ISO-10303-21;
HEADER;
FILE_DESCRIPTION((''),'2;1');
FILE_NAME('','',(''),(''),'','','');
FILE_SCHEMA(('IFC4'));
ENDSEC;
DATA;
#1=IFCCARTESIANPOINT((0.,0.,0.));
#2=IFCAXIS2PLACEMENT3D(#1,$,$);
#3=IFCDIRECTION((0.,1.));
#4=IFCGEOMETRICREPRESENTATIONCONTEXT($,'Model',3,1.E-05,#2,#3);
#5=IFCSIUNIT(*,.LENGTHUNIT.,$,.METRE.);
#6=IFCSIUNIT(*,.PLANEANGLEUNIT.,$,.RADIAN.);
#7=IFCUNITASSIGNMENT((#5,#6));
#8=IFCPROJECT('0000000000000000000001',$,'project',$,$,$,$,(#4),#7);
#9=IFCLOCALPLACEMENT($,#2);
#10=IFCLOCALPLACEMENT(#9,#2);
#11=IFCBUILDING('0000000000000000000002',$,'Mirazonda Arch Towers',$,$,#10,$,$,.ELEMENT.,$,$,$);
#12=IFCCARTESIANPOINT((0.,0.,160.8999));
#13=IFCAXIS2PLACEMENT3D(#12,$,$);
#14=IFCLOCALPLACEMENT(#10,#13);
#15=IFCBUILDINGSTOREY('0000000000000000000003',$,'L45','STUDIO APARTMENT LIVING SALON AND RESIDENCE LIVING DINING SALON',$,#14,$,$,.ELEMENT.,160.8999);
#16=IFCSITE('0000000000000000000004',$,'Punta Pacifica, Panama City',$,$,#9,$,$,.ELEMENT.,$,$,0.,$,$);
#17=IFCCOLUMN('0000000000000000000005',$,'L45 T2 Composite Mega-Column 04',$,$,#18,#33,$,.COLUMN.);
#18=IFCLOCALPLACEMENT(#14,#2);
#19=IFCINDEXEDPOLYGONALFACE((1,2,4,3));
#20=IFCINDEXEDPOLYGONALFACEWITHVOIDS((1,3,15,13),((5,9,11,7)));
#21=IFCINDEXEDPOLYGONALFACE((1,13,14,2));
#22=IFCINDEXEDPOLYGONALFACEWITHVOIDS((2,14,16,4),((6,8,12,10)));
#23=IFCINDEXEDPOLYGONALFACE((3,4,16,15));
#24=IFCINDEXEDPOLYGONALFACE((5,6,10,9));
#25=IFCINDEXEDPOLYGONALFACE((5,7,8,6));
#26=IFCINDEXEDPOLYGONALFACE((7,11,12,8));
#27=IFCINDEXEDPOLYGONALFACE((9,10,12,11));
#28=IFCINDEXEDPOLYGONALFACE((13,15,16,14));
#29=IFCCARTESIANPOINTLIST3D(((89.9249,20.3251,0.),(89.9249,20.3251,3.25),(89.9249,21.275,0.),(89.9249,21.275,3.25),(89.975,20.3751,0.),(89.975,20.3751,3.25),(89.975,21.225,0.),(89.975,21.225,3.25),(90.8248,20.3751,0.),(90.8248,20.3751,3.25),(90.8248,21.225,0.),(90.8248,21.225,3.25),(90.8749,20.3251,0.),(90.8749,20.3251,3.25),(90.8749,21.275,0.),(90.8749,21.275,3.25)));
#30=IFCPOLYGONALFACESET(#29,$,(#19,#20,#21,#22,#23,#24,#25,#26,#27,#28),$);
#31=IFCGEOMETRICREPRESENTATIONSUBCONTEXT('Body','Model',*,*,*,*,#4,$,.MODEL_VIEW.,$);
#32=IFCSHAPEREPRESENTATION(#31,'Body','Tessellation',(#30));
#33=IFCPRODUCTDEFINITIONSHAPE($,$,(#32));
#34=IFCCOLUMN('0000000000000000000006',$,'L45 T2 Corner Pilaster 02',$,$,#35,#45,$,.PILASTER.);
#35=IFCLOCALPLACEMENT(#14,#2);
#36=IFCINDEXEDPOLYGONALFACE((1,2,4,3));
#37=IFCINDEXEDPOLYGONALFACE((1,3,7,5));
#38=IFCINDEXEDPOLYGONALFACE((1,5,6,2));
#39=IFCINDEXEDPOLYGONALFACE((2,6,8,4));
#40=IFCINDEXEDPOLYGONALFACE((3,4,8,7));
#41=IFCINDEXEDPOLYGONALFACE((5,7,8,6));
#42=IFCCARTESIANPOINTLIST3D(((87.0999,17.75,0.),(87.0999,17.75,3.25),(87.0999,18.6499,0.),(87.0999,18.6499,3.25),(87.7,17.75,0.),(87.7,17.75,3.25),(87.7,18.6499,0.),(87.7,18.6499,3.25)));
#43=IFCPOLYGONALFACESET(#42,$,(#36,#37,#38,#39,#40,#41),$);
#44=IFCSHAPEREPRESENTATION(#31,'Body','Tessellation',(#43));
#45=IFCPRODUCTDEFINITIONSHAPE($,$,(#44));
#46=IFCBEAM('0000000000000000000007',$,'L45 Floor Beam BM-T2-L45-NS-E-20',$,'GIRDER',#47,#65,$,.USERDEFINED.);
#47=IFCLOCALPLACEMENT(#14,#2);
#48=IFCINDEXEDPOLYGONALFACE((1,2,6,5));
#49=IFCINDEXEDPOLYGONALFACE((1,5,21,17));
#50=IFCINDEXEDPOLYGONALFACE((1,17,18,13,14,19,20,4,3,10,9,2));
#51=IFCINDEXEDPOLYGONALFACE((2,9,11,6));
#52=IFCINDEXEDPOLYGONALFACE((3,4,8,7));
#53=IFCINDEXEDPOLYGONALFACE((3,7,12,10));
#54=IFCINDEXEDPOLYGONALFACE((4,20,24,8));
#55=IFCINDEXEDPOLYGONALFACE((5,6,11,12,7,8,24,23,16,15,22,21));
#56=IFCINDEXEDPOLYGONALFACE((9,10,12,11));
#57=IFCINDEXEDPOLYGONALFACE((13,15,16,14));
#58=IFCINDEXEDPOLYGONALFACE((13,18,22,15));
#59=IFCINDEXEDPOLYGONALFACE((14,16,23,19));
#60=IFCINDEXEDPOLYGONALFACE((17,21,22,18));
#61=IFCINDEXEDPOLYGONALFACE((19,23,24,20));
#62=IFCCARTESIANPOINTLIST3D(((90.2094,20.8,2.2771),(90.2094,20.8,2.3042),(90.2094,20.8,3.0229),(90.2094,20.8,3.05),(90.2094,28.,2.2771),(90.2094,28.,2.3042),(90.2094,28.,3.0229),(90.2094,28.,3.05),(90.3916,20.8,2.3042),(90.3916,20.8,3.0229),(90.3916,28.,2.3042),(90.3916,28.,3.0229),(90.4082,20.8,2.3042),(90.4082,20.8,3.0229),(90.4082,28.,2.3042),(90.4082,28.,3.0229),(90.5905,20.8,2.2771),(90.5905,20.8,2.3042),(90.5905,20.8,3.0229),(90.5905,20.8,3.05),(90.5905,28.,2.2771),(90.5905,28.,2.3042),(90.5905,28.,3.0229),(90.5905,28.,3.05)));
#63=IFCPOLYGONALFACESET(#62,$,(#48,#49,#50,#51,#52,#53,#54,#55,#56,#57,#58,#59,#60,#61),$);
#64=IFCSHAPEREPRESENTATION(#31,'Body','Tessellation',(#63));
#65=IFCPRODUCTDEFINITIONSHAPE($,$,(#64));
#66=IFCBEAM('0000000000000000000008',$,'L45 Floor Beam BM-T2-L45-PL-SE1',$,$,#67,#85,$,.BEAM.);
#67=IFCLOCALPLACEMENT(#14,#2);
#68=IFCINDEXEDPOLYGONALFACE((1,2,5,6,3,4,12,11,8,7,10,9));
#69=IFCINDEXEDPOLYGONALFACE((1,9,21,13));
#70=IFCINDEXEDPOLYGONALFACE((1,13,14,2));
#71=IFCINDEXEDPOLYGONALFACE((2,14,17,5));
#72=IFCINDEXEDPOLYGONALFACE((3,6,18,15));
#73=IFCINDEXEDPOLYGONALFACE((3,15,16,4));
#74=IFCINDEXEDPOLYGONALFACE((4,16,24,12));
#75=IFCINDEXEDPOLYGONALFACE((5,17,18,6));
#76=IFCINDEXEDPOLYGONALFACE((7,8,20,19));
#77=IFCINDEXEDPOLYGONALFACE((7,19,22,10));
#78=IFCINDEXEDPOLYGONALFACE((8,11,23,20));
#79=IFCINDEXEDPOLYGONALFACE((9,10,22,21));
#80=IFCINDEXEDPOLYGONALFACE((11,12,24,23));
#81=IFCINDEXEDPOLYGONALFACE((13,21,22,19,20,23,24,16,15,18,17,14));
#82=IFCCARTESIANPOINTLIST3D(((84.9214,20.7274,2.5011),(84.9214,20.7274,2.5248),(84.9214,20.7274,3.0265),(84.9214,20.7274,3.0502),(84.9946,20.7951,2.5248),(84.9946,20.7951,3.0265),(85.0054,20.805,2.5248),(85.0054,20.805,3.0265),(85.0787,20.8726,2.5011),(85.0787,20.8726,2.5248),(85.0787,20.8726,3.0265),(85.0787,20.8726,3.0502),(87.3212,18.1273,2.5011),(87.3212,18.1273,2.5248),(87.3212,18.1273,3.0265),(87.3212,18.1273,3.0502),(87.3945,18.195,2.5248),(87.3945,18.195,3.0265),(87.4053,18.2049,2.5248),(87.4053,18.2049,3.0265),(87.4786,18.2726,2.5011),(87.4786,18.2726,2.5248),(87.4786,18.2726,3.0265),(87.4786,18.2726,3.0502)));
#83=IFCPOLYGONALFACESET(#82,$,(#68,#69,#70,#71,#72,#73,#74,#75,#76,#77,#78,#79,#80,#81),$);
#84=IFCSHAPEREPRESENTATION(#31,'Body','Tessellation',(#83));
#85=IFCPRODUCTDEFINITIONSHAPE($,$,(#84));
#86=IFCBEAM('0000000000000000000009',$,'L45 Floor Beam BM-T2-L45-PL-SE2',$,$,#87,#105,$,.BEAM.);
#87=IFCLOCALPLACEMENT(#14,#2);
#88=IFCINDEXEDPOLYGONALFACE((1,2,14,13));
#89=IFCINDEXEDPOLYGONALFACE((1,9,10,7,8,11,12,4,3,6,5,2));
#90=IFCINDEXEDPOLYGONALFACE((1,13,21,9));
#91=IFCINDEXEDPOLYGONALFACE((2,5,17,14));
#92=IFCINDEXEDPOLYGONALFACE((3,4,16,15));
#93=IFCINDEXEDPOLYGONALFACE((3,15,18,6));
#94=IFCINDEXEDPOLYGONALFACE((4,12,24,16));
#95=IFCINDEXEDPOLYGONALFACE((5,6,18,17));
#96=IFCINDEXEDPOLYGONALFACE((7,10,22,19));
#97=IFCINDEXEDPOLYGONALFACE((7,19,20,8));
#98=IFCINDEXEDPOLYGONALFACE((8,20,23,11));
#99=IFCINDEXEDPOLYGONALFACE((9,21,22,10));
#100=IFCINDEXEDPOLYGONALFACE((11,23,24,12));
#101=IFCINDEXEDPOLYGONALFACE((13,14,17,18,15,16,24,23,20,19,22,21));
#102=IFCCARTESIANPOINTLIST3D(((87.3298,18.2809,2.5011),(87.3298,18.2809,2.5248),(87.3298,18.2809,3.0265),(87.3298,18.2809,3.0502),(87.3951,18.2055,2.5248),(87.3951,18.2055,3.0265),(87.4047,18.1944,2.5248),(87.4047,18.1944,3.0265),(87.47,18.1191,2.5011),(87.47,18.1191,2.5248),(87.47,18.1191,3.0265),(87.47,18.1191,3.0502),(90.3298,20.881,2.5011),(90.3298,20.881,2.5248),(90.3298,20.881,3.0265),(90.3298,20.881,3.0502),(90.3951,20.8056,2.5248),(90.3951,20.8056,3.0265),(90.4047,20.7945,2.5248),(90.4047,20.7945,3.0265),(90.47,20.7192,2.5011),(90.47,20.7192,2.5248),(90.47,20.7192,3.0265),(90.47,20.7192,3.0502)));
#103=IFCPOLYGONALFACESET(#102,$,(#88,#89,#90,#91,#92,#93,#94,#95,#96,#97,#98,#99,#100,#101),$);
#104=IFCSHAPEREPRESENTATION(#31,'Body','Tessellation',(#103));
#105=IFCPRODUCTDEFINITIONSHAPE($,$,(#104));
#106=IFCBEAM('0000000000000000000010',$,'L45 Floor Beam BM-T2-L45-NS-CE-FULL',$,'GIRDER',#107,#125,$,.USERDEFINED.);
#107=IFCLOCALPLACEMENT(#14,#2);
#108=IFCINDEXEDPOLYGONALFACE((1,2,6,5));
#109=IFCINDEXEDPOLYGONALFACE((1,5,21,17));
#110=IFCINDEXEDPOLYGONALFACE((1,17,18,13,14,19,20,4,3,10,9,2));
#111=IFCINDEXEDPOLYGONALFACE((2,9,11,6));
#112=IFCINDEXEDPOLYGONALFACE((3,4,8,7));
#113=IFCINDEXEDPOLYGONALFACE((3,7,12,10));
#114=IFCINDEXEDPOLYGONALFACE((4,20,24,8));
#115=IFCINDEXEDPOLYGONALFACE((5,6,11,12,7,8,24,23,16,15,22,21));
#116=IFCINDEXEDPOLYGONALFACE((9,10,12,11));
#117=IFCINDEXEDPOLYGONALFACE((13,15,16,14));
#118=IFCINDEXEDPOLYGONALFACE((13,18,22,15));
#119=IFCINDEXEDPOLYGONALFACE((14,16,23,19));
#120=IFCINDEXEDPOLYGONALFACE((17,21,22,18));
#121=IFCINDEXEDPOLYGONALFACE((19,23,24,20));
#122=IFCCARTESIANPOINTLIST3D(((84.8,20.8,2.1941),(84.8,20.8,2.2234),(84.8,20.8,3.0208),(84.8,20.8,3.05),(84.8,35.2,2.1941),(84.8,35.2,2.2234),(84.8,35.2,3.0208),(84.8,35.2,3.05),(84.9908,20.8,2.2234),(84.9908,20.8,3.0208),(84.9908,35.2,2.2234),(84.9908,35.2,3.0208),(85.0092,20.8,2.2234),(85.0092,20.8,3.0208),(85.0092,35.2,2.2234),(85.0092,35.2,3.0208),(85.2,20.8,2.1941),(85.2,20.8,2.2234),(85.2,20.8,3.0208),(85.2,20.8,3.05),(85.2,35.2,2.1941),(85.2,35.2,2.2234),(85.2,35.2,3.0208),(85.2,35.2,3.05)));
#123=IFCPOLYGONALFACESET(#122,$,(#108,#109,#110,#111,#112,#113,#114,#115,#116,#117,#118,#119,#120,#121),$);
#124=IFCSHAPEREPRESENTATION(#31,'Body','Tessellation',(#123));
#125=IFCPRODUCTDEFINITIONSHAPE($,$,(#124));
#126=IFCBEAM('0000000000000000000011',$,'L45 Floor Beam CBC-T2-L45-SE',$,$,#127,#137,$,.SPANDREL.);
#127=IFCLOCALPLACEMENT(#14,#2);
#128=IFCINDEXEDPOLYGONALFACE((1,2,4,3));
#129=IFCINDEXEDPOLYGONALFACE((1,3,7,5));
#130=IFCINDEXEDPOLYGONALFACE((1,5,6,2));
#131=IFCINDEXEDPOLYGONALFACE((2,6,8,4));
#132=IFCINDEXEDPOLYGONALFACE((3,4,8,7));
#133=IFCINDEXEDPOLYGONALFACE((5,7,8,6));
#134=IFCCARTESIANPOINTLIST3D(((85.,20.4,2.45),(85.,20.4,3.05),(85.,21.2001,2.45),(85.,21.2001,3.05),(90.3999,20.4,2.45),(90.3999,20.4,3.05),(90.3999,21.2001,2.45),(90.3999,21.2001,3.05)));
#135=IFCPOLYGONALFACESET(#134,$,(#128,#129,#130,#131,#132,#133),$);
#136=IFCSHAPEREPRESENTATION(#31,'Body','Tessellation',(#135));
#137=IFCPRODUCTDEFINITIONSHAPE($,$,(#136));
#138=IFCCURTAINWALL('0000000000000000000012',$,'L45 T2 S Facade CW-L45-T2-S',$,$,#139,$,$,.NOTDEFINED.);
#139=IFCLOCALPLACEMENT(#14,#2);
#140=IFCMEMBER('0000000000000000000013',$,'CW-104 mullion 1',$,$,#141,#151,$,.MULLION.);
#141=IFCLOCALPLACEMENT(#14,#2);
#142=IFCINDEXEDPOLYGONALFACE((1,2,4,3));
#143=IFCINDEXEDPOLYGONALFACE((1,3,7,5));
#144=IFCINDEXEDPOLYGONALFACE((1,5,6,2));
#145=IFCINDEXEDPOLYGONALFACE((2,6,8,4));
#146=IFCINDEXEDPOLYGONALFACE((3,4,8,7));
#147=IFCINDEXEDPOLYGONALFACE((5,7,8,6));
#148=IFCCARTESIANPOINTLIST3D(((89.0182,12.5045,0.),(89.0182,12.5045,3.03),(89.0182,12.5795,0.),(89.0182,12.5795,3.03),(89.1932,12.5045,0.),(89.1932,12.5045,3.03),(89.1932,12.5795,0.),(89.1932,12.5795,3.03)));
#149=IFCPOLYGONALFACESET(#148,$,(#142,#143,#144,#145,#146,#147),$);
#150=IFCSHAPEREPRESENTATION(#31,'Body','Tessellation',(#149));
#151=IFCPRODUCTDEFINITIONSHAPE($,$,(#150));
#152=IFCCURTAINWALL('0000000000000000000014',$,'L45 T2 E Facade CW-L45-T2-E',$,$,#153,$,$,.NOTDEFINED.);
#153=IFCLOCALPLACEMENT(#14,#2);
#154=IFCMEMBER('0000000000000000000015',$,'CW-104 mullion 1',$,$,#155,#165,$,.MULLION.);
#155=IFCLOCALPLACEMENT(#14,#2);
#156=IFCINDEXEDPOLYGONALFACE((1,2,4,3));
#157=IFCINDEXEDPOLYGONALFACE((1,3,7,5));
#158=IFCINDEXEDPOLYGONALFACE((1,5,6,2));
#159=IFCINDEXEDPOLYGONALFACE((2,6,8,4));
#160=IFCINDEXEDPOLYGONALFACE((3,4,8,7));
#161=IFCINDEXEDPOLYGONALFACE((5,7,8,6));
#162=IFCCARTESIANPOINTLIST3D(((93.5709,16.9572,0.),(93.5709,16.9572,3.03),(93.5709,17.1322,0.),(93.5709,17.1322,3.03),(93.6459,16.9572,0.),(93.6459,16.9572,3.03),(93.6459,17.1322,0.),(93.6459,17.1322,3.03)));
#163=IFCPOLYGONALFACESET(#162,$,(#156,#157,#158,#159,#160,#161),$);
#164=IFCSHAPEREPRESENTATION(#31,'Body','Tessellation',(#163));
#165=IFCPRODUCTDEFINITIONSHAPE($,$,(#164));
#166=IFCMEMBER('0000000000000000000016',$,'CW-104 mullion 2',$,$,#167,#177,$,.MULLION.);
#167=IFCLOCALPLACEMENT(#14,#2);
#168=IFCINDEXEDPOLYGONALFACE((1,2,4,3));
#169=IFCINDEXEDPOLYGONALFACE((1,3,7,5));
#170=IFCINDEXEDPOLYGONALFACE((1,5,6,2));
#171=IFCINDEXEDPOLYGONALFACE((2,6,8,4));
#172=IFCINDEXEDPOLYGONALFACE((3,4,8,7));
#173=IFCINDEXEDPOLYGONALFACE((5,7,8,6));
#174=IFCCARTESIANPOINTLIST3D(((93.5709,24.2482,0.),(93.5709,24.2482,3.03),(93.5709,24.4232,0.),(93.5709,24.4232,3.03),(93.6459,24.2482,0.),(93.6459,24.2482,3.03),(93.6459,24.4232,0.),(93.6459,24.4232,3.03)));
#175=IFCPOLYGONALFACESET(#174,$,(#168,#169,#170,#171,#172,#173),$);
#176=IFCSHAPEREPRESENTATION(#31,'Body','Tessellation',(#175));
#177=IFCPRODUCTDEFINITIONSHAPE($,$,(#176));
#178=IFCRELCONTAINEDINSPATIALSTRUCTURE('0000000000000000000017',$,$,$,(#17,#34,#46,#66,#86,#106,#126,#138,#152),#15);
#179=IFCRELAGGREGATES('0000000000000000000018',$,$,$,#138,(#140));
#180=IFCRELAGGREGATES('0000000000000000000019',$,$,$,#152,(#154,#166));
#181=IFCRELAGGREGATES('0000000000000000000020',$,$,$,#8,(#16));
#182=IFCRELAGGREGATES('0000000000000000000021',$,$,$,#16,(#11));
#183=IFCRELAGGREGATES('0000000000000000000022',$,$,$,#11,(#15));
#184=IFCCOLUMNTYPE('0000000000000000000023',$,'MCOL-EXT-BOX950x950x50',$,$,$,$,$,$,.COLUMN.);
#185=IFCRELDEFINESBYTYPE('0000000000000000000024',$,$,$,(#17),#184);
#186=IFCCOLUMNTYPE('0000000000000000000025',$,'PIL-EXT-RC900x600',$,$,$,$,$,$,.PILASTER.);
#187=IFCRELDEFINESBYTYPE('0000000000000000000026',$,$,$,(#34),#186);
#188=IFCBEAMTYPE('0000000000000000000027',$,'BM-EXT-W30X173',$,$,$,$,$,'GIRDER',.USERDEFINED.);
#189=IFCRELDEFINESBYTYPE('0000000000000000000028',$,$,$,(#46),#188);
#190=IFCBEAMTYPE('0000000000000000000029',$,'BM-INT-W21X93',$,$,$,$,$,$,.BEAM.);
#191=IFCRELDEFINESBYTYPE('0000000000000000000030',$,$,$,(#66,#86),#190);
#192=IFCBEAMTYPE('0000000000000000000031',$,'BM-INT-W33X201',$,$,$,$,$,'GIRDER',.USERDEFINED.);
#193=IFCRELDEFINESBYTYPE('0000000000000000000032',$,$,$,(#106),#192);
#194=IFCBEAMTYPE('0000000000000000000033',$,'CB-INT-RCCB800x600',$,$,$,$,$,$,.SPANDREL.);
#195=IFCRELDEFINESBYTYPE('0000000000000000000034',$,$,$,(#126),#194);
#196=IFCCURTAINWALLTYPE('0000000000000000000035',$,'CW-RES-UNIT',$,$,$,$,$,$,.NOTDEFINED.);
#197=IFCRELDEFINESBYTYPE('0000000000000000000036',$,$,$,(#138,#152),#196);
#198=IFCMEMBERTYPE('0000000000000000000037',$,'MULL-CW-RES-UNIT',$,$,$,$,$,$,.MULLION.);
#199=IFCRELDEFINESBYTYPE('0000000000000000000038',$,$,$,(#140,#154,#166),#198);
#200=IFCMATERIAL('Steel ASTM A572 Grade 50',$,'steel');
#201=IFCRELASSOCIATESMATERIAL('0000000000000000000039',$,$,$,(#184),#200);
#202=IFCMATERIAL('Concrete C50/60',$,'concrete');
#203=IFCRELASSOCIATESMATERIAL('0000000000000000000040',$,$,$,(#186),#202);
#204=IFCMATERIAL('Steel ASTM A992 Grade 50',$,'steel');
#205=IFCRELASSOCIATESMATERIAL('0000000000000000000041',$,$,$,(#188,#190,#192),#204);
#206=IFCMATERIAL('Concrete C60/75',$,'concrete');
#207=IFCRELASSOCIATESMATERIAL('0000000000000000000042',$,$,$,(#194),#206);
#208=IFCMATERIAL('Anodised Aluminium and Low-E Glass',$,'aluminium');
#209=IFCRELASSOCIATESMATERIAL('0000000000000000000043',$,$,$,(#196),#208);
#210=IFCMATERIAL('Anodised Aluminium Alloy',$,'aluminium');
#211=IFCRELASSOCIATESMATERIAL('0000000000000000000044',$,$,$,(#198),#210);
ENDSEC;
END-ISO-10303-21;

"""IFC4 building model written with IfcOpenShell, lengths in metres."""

from ifc_helpers import new_model, si_unit, direction, frame, origin, origin_2d, place, context, subcontext, project, spatial, rectangle, hollow_rectangle, i_section, extrude, material, material_profile, profile_set, type_object, element, aggregate, save


model = new_model("IFC4")

# Units and contexts
model_context = context("Model", 3, precision=1e-05, world=origin(), true_north=direction((0.0, 1.0)))
body_context = subcontext(model_context, "Body", "Model", "MODEL_VIEW")
ifc_project = project(units=[si_unit("LENGTHUNIT", "METRE"), si_unit("PLANEANGLEUNIT", "RADIAN")], contexts=[model_context])

# Site, building, storey
site_placement = place(None, origin())
site = spatial("IfcSite", under=ifc_project, at=site_placement, Name="Punta Pacifica, Panama City", CompositionType="ELEMENT", RefElevation=0.0)
building_placement = place(site_placement, origin())
building = spatial("IfcBuilding", under=site, at=building_placement, Name="Mirazonda Arch Towers", CompositionType="ELEMENT")
storey_placement = place(building_placement, frame((0.0, 0.0, 160.8999)))
storey = spatial("IfcBuildingStorey", under=building, at=storey_placement, Name="L45", Description="STUDIO APARTMENT LIVING SALON AND RESIDENCE LIVING DINING SALON", CompositionType="ELEMENT", Elevation=160.8999)

# Columns
ifc_material_1 = material(Name="Steel ASTM A572 Grade 50", Category="steel")
ifc_material_profile_1 = material_profile(ifc_material_1, hollow_rectangle(XDim=0.95, YDim=0.95, WallThickness=0.05, at=origin_2d()), Name="BOX950x950x50")
ifc_profile_set_1 = profile_set([ifc_material_profile_1], Name="Steel ASTM A572 Grade 50")
column_type_1 = type_object("IfcColumnType", Name="MCOL-EXT-BOX950x950x50", PredefinedType="COLUMN", material=ifc_profile_set_1)
column_1_placement = place(storey_placement, frame((90.3999, 20.8, 0.0), z_axis=(0.0, 0.0, 1.0), x_axis=(1.0, 0.0, 0.0)))
element("IfcColumn", 1, at=column_1_placement, inside=storey, type_object=column_type_1, Name="L45 T2 Composite Mega-Column 04", PredefinedType="COLUMN", context=body_context, shape_type="SweptSolid", body=[
    extrude(hollow_rectangle(XDim=0.95, YDim=0.95, WallThickness=0.05, at=origin_2d()), origin(), (0.0, 0.0, 1.0), 3.25),
])
ifc_material_2 = material(Name="Concrete C50/60", Category="concrete")
ifc_material_profile_2 = material_profile(ifc_material_2, rectangle(XDim=0.6001, YDim=0.8999, at=origin_2d()), Name="RC900x600")
ifc_profile_set_2 = profile_set([ifc_material_profile_2], Name="Concrete C50/60")
column_type_2 = type_object("IfcColumnType", Name="PIL-EXT-RC900x600", PredefinedType="PILASTER", material=ifc_profile_set_2)
column_2_placement = place(storey_placement, frame((87.3999, 18.2, 0.0), z_axis=(0.0, 0.0, 1.0), x_axis=(1.0, 0.0, 0.0)))
element("IfcColumn", 2, at=column_2_placement, inside=storey, type_object=column_type_2, Name="L45 T2 Corner Pilaster 02", PredefinedType="PILASTER", context=body_context, shape_type="SweptSolid", body=[
    extrude(rectangle(XDim=0.6001, YDim=0.8999, at=origin_2d()), origin(), (0.0, 0.0, 1.0), 3.25),
])

# Beams
ifc_material_3 = material(Name="Steel ASTM A992 Grade 50", Category="steel")
ifc_material_profile_3 = material_profile(ifc_material_3, i_section(OverallWidth=0.3811, OverallDepth=0.7729, WebThickness=0.0166, FlangeThickness=0.0271, at=origin_2d()), Name="W30X173")
ifc_profile_set_3 = profile_set([ifc_material_profile_3], Name="Steel ASTM A992 Grade 50")
beam_type_1 = type_object("IfcBeamType", Name="BM-EXT-W30X173", ElementType="GIRDER", PredefinedType="USERDEFINED", material=ifc_profile_set_3)
beam_1_placement = place(storey_placement, frame((90.3999, 20.8, 2.6636), z_axis=(0.0, 1.0, 0.0), x_axis=(-1.0, 0.0, 0.0)))
element("IfcBeam", 3, at=beam_1_placement, inside=storey, type_object=beam_type_1, Name="L45 Floor Beam BM-T2-L45-NS-E-20", ObjectType="GIRDER", PredefinedType="USERDEFINED", context=body_context, shape_type="SweptSolid", body=[
    extrude(i_section(OverallWidth=0.3811, OverallDepth=0.7729, WebThickness=0.0166, FlangeThickness=0.0271, at=origin_2d()), origin(), (0.0, 0.0, 1.0), 7.2),
])
ifc_material_profile_4 = material_profile(ifc_material_3, i_section(OverallWidth=0.2141, OverallDepth=0.5491, WebThickness=0.0146, FlangeThickness=0.0237, at=origin_2d()), Name="W21X93")
ifc_profile_set_4 = profile_set([ifc_material_profile_4], Name="Steel ASTM A992 Grade 50")
beam_type_2 = type_object("IfcBeamType", Name="BM-INT-W21X93", PredefinedType="BEAM", material=ifc_profile_set_4)
beam_2_placement = place(storey_placement, frame((87.3999, 18.2, 2.7756), z_axis=(-0.678251, 0.73483, 0.0), x_axis=(-0.73483, -0.678251, 0.0)))
element("IfcBeam", 4, at=beam_2_placement, inside=storey, type_object=beam_type_2, Name="L45 Floor Beam BM-T2-L45-PL-SE1", PredefinedType="BEAM", context=body_context, shape_type="SweptSolid", body=[
    extrude(i_section(OverallWidth=0.2141, OverallDepth=0.5491, WebThickness=0.0146, FlangeThickness=0.0237, at=origin_2d()), origin(), (0.0, 0.0, 1.0), 3.5383),
])
beam_3_placement = place(storey_placement, frame((87.3999, 18.2, 2.7756), z_axis=(0.755677, 0.654945, 0.0), x_axis=(-0.654945, 0.755677, 0.0)))
element("IfcBeam", 5, at=beam_3_placement, inside=storey, type_object=beam_type_2, Name="L45 Floor Beam BM-T2-L45-PL-SE2", PredefinedType="BEAM", context=body_context, shape_type="SweptSolid", body=[
    extrude(i_section(OverallWidth=0.2141, OverallDepth=0.5491, WebThickness=0.0146, FlangeThickness=0.0237, at=origin_2d()), origin(), (0.0, 0.0, 1.0), 3.97),
])
ifc_material_profile_5 = material_profile(ifc_material_3, i_section(OverallWidth=0.3999, OverallDepth=0.856, WebThickness=0.0183, FlangeThickness=0.0293, at=origin_2d()), Name="W33X201")
ifc_profile_set_5 = profile_set([ifc_material_profile_5], Name="Steel ASTM A992 Grade 50")
beam_type_3 = type_object("IfcBeamType", Name="BM-INT-W33X201", ElementType="GIRDER", PredefinedType="USERDEFINED", material=ifc_profile_set_5)
beam_4_placement = place(storey_placement, frame((85.0, 20.8, 2.6221), z_axis=(0.0, 1.0, 0.0), x_axis=(-1.0, 0.0, 0.0)))
element("IfcBeam", 6, at=beam_4_placement, inside=storey, type_object=beam_type_3, Name="L45 Floor Beam BM-T2-L45-NS-CE-FULL", ObjectType="GIRDER", PredefinedType="USERDEFINED", context=body_context, shape_type="SweptSolid", body=[
    extrude(i_section(OverallWidth=0.3999, OverallDepth=0.856, WebThickness=0.0183, FlangeThickness=0.0293, at=origin_2d()), origin(), (0.0, 0.0, 1.0), 14.3999),
])
ifc_material_4 = material(Name="Concrete C60/75", Category="concrete")
ifc_material_profile_6 = material_profile(ifc_material_4, rectangle(XDim=0.8, YDim=0.6001, at=origin_2d()), Name="RCCB800x600")
ifc_profile_set_6 = profile_set([ifc_material_profile_6], Name="Concrete C60/75")
beam_type_4 = type_object("IfcBeamType", Name="CB-INT-RCCB800x600", PredefinedType="SPANDREL", material=ifc_profile_set_6)
beam_5_placement = place(storey_placement, frame((85.0, 20.8, 2.75), z_axis=(1.0, 0.0, 0.0), x_axis=(0.0, 1.0, 0.0)))
element("IfcBeam", 7, at=beam_5_placement, inside=storey, type_object=beam_type_4, Name="L45 Floor Beam CBC-T2-L45-SE", PredefinedType="SPANDREL", context=body_context, shape_type="SweptSolid", body=[
    extrude(rectangle(XDim=0.8, YDim=0.6001, at=origin_2d()), origin(), (0.0, 0.0, 1.0), 5.3999),
])

# Curtain wall, member
ifc_material_5 = material(Name="Anodised Aluminium and Low-E Glass", Category="aluminium")
curtain_wall_type = type_object("IfcCurtainWallType", Name="CW-RES-UNIT", PredefinedType="NOTDEFINED", material=ifc_material_5)
curtain_wall_1_placement = place(storey_placement, origin())
curtain_wall_1 = element("IfcCurtainWall", 8, at=curtain_wall_1_placement, inside=storey, type_object=curtain_wall_type, Name="L45 T2 S Facade CW-L45-T2-S", PredefinedType="NOTDEFINED")
ifc_material_6 = material(Name="Anodised Aluminium Alloy", Category="aluminium")
ifc_material_profile_7 = material_profile(ifc_material_6, rectangle(XDim=0.075, YDim=0.175, at=origin_2d()), Name="ALU-MULL-75x175")
ifc_profile_set_7 = profile_set([ifc_material_profile_7], Name="Anodised Aluminium Alloy")
member_type_1 = type_object("IfcMemberType", Name="MULL-CW-RES-UNIT", PredefinedType="MULLION", material=ifc_profile_set_7)
member_1_placement = place(storey_placement, frame((89.1057, 12.542, 0.0), z_axis=(0.0, 0.0, 1.0), x_axis=(0.0, -1.0, 0.0)))
member_1 = element("IfcMember", 9, at=member_1_placement, type_object=member_type_1, Name="CW-104 mullion 1", PredefinedType="MULLION", context=body_context, shape_type="SweptSolid", body=[
    extrude(rectangle(XDim=0.075, YDim=0.175, at=origin_2d()), origin(), (0.0, 0.0, 1.0), 3.03),
])

# Curtain wall, members
curtain_wall_2_placement = place(storey_placement, origin())
curtain_wall_2 = element("IfcCurtainWall", 10, at=curtain_wall_2_placement, inside=storey, type_object=curtain_wall_type, Name="L45 T2 E Facade CW-L45-T2-E", PredefinedType="NOTDEFINED")
member_2_placement = place(storey_placement, frame((93.6084, 17.0447, 0.0), z_axis=(0.0, 0.0, 1.0), x_axis=(-1.0, 0.0, 0.0)))
member_2 = element("IfcMember", 11, at=member_2_placement, type_object=member_type_1, Name="CW-104 mullion 1", PredefinedType="MULLION", context=body_context, shape_type="SweptSolid", body=[
    extrude(rectangle(XDim=0.075, YDim=0.175, at=origin_2d()), origin(), (0.0, 0.0, 1.0), 3.03),
])
member_3_placement = place(storey_placement, frame((93.6084, 24.3357, 0.0), z_axis=(0.0, 0.0, 1.0), x_axis=(-1.0, 0.0, 0.0)))
member_3 = element("IfcMember", 12, at=member_3_placement, type_object=member_type_1, Name="CW-104 mullion 2", PredefinedType="MULLION", context=body_context, shape_type="SweptSolid", body=[
    extrude(rectangle(XDim=0.075, YDim=0.175, at=origin_2d()), origin(), (0.0, 0.0, 1.0), 3.03),
])

aggregate(curtain_wall_1, [member_1])

aggregate(curtain_wall_2, [member_2, member_3])

save(model, "model.ifc")
